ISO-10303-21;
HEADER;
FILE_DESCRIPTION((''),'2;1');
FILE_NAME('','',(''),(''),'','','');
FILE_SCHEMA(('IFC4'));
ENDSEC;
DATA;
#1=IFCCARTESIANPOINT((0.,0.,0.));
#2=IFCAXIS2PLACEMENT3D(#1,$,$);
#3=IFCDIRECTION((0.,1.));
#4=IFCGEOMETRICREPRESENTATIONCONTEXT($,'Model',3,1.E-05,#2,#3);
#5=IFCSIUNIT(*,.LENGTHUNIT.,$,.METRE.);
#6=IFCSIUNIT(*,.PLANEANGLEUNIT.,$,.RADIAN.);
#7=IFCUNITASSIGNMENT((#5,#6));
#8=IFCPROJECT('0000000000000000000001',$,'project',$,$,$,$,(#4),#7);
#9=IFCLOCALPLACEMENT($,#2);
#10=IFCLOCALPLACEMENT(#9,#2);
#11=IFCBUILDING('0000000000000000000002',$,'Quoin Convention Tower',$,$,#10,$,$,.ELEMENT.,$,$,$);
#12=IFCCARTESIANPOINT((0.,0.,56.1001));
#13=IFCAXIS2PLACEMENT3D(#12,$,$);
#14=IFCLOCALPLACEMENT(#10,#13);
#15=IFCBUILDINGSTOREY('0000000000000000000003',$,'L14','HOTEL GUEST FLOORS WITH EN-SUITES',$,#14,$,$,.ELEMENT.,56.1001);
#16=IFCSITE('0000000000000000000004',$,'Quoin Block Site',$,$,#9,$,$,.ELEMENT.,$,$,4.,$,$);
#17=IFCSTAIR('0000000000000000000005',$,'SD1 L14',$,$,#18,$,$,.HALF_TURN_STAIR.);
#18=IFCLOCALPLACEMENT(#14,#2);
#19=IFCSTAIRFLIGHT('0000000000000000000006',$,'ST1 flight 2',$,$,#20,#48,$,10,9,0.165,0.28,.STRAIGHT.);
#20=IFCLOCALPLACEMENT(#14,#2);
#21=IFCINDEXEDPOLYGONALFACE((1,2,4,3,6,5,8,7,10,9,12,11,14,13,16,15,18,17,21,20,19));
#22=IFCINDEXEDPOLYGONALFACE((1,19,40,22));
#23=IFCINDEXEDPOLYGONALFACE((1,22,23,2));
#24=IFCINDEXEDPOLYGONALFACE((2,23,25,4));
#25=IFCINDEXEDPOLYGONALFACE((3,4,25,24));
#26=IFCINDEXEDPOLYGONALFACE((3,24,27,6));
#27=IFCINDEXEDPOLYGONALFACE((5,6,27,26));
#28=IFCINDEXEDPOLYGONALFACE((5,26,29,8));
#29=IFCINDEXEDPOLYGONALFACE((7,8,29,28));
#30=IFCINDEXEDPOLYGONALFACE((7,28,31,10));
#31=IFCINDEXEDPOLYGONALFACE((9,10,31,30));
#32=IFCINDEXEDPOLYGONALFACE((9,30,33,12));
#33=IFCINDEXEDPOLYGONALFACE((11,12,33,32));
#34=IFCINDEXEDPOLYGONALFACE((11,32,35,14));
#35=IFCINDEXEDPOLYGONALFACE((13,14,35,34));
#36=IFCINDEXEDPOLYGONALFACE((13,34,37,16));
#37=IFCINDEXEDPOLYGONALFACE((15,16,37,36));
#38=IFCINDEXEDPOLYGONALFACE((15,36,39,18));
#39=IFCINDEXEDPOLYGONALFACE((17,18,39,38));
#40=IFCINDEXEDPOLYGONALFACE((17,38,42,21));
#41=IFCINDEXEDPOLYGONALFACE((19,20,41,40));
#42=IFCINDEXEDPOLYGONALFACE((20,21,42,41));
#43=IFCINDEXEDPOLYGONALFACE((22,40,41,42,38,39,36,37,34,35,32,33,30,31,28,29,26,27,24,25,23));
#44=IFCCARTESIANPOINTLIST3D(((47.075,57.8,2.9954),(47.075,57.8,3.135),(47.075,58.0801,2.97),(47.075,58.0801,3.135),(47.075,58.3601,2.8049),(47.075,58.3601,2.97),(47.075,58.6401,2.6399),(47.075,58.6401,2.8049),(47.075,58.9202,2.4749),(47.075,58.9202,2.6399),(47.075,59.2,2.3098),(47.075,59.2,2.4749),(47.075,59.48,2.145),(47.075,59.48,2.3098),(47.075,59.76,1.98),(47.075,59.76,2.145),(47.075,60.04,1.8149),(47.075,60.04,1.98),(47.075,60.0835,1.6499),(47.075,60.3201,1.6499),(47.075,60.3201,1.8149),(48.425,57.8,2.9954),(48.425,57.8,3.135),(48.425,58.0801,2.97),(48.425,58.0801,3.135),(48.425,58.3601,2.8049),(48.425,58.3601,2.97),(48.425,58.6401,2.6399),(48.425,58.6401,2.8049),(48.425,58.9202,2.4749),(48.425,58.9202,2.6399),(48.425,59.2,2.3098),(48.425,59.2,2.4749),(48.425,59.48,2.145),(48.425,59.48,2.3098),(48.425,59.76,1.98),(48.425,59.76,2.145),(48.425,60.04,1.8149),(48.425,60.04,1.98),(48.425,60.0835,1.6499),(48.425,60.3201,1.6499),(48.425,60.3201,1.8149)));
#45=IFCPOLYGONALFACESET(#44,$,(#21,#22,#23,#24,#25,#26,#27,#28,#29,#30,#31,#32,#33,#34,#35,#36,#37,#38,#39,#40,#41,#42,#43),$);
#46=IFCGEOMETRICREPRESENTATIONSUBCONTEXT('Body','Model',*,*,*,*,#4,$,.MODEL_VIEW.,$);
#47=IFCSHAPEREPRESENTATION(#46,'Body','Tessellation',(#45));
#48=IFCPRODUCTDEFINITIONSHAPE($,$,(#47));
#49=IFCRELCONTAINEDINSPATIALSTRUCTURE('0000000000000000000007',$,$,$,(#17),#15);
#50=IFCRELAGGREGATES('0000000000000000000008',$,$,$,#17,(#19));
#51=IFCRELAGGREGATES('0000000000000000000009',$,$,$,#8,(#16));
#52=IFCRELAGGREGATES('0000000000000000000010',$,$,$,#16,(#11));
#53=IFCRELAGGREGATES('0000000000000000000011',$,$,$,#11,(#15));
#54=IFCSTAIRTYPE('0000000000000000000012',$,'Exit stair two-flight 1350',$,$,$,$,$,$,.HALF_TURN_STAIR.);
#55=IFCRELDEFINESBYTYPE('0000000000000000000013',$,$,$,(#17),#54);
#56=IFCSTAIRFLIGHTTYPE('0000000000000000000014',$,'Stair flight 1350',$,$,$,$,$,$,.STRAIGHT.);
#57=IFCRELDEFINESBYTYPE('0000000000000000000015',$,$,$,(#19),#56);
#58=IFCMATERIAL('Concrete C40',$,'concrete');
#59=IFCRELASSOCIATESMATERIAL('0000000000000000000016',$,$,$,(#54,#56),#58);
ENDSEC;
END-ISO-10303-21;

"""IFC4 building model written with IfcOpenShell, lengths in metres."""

from ifc_helpers import new_model, si_unit, direction, frame, origin, place, context, subcontext, project, spatial, polyline, outline, extrude, material, type_object, element, aggregate, save


model = new_model("IFC4")

# Units and contexts
model_context = context("Model", 3, precision=1e-05, world=origin(), true_north=direction((0.0, 1.0)))
body_context = subcontext(model_context, "Body", "Model", "MODEL_VIEW")
ifc_project = project(units=[si_unit("LENGTHUNIT", "METRE"), si_unit("PLANEANGLEUNIT", "RADIAN")], contexts=[model_context])

# Site, building, storey
site_placement = place(None, origin())
site = spatial("IfcSite", under=ifc_project, at=site_placement, Name="Quoin Block Site", CompositionType="ELEMENT", RefElevation=4.0)
building_placement = place(site_placement, origin())
building = spatial("IfcBuilding", under=site, at=building_placement, Name="Quoin Convention Tower", CompositionType="ELEMENT")
storey_placement = place(building_placement, frame((0.0, 0.0, 56.1001)))
storey = spatial("IfcBuildingStorey", under=building, at=storey_placement, Name="L14", Description="HOTEL GUEST FLOORS WITH EN-SUITES", CompositionType="ELEMENT", Elevation=56.1001)

# Stair, stair flight
ifc_material_1 = material(Name="Concrete C40", Category="concrete")
stair_type = type_object("IfcStairType", Name="Exit stair two-flight 1350", PredefinedType="HALF_TURN_STAIR", material=ifc_material_1)
stair_placement = place(storey_placement, origin())
stair = element("IfcStair", 1, at=stair_placement, inside=storey, type_object=stair_type, Name="SD1 L14", PredefinedType="HALF_TURN_STAIR")
stair_flight_type = type_object("IfcStairFlightType", Name="Stair flight 1350", PredefinedType="STRAIGHT", material=ifc_material_1)
stair_flight_placement = place(storey_placement, frame((47.75, 60.3201, 1.6499), z_axis=(0.0, 0.0, 1.0), x_axis=(0.0, -1.0, 0.0)))
stair_flight = element("IfcStairFlight", 2, at=stair_flight_placement, type_object=stair_flight_type, Name="ST1 flight 2", NumberOfRisers=10, NumberOfTreads=9, PredefinedType="STRAIGHT", RiserHeight=0.165, TreadLength=0.28, context=body_context, shape_type="SweptSolid", body=[
    extrude(outline(polyline([(0.0, 0.0), (0.0, 0.165), (0.28, 0.165), (0.28, 0.3301), (0.5601, 0.3301), (0.5601, 0.4951), (0.8401, 0.4951), (0.8401, 0.6599), (1.1201, 0.6599), (1.1201, 0.825), (1.3999, 0.825), (1.3999, 0.99), (1.6799, 0.99), (1.6799, 1.155), (1.96, 1.155), (1.96, 1.3201), (2.24, 1.3201), (2.24, 1.4851), (2.52, 1.4851), (2.52, 1.6499), (2.52, 1.3455), (0.2366, 0.0), (0.0, 0.0)])), frame((0.0, 0.675, 0.0), z_axis=(0.0, -1.0, 0.0), x_axis=(1.0, 0.0, 0.0)), (0.0, 0.0, 1.0), 1.3501),
])
aggregate(stair, [stair_flight])

save(model, "model.ifc")
